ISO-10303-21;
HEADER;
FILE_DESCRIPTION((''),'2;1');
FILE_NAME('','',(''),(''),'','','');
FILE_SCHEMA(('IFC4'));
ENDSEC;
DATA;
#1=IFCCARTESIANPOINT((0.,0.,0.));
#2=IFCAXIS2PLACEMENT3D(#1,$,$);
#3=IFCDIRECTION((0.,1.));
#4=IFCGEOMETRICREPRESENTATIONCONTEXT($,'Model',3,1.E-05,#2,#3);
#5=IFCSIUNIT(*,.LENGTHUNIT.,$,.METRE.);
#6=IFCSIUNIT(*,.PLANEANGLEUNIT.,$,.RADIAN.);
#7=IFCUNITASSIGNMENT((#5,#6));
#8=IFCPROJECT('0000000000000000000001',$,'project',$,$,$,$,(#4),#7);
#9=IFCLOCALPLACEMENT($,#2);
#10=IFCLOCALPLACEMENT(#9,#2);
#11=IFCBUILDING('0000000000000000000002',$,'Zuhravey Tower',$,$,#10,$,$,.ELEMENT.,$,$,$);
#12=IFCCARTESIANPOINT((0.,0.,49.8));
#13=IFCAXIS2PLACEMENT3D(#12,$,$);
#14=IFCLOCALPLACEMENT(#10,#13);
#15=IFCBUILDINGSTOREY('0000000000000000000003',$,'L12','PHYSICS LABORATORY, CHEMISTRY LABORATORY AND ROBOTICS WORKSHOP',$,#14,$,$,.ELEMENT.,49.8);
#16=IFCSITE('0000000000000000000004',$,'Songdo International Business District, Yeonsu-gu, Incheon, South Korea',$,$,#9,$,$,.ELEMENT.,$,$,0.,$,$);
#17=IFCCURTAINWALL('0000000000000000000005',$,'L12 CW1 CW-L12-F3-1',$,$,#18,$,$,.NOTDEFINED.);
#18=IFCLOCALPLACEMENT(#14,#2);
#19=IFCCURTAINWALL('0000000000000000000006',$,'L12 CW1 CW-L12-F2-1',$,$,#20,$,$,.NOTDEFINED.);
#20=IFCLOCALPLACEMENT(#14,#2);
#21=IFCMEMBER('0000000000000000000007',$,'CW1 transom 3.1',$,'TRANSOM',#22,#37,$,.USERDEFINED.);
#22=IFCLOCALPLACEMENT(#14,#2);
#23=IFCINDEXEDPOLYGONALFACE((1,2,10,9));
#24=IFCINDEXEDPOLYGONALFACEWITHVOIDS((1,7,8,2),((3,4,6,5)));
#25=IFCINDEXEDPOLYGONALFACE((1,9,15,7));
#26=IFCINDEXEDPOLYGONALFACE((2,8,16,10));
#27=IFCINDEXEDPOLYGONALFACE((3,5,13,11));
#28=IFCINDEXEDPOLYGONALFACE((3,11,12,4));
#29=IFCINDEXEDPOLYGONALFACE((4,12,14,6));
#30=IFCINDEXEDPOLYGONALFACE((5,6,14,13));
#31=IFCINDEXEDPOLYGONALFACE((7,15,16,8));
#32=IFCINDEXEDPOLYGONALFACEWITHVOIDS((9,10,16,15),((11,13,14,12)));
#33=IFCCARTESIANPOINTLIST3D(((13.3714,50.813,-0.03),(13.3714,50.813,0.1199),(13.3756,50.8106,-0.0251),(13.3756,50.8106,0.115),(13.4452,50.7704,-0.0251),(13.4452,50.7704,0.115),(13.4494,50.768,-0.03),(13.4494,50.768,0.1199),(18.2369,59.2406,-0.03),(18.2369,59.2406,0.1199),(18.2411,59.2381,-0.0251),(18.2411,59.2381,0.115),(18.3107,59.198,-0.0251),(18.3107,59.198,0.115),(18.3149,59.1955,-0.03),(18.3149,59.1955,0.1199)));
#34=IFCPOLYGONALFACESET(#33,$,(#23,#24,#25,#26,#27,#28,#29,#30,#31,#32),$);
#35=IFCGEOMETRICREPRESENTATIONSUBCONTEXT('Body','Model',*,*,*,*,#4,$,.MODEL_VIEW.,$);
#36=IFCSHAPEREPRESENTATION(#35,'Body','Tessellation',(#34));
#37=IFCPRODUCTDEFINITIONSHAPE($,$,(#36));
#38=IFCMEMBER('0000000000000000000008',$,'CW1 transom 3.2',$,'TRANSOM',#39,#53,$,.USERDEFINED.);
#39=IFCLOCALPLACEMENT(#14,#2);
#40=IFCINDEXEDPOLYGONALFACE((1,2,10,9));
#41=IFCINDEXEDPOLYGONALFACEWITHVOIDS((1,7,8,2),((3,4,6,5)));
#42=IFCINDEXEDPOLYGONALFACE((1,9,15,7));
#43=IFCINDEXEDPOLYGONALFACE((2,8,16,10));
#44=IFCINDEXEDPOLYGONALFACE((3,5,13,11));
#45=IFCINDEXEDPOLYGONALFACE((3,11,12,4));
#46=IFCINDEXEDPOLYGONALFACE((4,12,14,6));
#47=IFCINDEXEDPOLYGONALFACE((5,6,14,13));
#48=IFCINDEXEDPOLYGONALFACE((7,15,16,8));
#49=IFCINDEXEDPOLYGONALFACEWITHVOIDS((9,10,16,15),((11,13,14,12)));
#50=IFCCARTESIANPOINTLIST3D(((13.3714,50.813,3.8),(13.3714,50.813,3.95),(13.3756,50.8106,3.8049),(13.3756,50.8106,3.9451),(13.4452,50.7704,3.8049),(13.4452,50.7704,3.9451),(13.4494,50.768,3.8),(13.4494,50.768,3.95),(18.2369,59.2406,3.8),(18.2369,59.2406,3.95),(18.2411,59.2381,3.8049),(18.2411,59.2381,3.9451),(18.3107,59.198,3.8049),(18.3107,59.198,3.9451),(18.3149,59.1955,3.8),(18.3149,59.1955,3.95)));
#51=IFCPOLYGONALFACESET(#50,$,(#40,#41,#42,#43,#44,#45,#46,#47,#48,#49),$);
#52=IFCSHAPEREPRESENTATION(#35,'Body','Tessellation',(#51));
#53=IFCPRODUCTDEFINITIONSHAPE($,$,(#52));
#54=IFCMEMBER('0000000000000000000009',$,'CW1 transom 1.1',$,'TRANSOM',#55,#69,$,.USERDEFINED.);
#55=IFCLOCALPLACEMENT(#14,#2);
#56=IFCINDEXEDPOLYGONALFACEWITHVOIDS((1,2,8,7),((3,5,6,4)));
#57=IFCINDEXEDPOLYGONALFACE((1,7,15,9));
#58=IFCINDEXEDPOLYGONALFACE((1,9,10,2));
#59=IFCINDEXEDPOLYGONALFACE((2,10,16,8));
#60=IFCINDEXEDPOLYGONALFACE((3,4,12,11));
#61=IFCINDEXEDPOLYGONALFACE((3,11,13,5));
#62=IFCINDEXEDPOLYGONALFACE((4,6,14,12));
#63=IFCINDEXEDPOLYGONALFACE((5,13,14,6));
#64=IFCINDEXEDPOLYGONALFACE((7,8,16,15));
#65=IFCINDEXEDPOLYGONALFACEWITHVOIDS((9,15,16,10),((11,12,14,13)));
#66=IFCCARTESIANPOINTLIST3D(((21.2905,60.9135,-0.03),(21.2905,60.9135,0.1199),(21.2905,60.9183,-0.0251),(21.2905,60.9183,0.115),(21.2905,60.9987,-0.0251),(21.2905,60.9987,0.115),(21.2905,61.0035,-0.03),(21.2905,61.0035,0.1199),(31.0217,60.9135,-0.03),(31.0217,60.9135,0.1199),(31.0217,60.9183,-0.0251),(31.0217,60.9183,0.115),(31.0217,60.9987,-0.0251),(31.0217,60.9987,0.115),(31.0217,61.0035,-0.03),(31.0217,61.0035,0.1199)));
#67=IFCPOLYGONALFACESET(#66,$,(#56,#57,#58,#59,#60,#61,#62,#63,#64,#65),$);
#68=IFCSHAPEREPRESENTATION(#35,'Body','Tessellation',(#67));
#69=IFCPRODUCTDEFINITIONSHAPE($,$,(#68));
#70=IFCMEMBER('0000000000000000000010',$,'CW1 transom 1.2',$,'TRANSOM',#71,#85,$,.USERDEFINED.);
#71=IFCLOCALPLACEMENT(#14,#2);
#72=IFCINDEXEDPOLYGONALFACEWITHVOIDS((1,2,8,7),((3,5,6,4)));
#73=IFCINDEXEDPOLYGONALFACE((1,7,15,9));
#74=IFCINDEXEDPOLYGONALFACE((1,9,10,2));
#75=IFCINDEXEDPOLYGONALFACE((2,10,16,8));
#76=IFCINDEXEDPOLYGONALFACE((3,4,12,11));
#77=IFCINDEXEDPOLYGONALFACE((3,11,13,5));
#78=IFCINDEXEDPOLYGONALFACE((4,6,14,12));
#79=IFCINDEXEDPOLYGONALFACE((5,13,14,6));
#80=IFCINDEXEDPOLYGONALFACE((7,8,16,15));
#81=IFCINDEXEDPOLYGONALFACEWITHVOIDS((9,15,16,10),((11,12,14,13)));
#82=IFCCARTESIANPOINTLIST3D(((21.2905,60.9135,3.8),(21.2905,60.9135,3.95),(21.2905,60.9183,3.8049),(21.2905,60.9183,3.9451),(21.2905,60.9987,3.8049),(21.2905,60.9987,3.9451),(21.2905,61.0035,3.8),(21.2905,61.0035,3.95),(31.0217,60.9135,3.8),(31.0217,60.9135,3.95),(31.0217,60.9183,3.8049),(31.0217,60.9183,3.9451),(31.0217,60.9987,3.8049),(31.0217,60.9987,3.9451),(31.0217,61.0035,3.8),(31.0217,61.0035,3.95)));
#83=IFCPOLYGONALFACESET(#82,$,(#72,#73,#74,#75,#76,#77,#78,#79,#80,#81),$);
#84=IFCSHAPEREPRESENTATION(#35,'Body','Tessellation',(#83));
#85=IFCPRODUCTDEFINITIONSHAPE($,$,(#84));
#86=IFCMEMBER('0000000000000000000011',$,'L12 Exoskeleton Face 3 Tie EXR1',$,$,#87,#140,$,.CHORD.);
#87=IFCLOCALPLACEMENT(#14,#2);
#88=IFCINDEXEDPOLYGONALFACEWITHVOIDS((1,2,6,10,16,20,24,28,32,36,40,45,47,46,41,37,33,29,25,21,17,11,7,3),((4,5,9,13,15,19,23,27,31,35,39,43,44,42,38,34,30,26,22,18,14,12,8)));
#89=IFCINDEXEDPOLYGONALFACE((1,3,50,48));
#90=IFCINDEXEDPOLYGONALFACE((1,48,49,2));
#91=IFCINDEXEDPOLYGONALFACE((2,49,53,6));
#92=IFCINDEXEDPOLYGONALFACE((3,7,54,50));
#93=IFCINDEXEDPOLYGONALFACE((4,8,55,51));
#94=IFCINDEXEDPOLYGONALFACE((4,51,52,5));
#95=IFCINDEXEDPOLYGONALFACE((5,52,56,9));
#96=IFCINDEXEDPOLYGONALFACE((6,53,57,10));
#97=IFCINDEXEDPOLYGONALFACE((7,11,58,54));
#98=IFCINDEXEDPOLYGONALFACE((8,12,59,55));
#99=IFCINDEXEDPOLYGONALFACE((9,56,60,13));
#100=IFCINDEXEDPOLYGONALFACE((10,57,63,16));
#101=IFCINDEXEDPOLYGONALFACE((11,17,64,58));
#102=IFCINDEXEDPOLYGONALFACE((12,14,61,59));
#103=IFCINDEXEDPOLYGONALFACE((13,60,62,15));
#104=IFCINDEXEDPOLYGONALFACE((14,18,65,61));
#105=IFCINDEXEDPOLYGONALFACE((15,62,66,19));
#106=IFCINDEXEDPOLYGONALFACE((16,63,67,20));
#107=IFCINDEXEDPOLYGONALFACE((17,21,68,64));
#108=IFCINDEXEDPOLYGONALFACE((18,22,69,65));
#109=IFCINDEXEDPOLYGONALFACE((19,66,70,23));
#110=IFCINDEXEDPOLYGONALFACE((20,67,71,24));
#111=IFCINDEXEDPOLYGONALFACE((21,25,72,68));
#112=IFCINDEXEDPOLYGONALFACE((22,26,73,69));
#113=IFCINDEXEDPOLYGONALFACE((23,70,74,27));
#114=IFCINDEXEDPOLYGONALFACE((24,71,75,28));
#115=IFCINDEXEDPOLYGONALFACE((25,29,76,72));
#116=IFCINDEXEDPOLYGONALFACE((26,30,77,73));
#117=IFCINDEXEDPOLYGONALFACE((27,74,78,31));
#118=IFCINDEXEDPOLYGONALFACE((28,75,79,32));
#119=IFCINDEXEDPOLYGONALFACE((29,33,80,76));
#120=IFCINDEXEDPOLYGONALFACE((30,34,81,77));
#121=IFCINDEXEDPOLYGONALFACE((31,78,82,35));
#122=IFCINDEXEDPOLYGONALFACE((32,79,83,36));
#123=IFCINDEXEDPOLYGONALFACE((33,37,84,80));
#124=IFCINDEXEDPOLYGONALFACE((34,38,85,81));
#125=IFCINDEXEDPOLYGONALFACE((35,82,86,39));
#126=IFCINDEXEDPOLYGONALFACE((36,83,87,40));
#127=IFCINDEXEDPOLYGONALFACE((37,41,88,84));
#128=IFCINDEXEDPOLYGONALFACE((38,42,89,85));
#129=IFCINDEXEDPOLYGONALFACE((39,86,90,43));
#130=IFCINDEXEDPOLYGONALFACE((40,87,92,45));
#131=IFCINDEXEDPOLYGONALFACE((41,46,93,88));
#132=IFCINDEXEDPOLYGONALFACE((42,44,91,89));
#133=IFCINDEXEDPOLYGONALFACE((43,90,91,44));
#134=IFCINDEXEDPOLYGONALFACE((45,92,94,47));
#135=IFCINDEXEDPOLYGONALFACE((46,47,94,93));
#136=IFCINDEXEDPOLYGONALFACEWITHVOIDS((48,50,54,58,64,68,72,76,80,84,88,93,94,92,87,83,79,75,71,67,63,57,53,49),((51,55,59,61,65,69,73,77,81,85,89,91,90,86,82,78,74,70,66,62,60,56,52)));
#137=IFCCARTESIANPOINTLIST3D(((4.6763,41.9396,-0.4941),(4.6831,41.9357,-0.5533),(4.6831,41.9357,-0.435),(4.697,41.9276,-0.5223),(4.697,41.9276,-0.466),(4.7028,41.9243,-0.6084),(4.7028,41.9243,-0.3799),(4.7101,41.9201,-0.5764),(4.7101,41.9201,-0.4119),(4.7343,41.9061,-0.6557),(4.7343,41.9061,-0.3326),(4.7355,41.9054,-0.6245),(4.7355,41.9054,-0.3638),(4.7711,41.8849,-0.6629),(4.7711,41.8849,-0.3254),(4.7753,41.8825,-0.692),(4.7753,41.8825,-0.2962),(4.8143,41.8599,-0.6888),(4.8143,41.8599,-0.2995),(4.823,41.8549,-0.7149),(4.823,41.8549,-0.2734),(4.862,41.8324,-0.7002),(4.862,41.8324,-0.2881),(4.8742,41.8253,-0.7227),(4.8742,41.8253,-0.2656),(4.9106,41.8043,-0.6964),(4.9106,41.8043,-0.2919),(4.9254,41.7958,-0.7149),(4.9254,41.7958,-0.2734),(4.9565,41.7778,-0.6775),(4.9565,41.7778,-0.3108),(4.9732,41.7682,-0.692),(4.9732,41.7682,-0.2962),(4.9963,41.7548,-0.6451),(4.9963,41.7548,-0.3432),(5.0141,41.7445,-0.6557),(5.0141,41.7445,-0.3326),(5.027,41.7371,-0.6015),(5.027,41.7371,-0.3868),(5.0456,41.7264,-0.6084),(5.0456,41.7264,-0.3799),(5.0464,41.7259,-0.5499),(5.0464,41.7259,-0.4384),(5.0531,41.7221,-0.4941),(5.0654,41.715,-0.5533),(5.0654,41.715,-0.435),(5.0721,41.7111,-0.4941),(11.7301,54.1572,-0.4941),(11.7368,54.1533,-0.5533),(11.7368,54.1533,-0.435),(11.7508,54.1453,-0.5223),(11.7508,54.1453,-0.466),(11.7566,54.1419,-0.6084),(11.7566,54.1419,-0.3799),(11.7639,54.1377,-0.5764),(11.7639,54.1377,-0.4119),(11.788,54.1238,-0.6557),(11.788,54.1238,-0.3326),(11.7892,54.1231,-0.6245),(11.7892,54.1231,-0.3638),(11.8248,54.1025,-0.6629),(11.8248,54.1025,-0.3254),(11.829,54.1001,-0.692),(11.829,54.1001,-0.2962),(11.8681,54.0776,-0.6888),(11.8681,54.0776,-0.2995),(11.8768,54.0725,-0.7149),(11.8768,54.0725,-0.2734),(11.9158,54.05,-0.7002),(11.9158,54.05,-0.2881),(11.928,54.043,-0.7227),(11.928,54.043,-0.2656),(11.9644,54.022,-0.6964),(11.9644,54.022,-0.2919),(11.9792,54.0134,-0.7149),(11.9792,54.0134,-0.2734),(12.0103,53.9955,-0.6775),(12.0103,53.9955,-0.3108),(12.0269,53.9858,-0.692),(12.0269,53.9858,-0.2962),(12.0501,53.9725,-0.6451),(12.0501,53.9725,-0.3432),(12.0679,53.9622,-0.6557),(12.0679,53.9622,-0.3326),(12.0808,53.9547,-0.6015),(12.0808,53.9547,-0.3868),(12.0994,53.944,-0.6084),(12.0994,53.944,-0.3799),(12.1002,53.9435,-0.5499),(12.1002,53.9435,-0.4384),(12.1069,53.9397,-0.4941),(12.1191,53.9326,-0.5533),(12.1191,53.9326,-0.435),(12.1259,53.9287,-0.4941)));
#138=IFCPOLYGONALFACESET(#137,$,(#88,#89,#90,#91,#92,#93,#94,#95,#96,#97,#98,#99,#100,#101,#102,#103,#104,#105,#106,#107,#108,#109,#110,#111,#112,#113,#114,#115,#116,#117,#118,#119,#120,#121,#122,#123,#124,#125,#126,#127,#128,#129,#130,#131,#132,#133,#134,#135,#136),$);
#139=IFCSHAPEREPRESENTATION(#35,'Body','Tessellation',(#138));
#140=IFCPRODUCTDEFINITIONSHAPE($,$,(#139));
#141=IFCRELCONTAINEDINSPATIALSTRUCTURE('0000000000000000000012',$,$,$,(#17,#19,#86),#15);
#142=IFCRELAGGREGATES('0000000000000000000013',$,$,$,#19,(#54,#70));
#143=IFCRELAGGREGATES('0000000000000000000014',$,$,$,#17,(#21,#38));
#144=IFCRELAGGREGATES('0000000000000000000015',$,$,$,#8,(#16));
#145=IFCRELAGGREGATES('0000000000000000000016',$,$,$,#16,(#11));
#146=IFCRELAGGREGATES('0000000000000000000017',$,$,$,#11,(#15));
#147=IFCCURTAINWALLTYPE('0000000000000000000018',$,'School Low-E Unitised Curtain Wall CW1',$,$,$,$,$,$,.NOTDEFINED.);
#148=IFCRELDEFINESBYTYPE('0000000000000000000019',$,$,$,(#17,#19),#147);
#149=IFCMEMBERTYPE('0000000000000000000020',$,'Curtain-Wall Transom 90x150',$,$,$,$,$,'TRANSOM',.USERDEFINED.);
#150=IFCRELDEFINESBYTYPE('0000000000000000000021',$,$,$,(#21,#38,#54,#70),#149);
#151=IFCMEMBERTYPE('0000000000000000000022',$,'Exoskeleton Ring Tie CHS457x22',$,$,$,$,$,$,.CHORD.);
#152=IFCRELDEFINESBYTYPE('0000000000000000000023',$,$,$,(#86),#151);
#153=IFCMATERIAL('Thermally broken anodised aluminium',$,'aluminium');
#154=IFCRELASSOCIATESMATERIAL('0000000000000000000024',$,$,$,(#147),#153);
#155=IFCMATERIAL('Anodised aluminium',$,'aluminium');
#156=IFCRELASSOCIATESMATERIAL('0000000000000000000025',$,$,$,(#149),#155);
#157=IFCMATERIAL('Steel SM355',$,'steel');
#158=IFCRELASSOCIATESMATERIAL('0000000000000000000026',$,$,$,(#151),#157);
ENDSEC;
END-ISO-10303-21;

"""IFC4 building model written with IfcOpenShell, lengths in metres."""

from ifc_helpers import new_model, si_unit, direction, frame, origin, origin_2d, place, context, subcontext, project, spatial, hollow_rectangle, hollow_circle, extrude, material, material_profile, profile_set, type_object, element, aggregate, save


model = new_model("IFC4")

# Units and contexts
model_context = context("Model", 3, precision=1e-05, world=origin(), true_north=direction((0.0, 1.0)))
body_context = subcontext(model_context, "Body", "Model", "MODEL_VIEW")
ifc_project = project(units=[si_unit("LENGTHUNIT", "METRE"), si_unit("PLANEANGLEUNIT", "RADIAN")], contexts=[model_context])

# Site, building, storey
site_placement = place(None, origin())
site = spatial("IfcSite", under=ifc_project, at=site_placement, Name="Songdo International Business District, Yeonsu-gu, Incheon, South Korea", CompositionType="ELEMENT", RefElevation=0.0)
building_placement = place(site_placement, origin())
building = spatial("IfcBuilding", under=site, at=building_placement, Name="Zuhravey Tower", CompositionType="ELEMENT")
storey_placement = place(building_placement, frame((0.0, 0.0, 49.8)))
storey = spatial("IfcBuildingStorey", under=building, at=storey_placement, Name="L12", Description="PHYSICS LABORATORY, CHEMISTRY LABORATORY AND ROBOTICS WORKSHOP", CompositionType="ELEMENT", Elevation=49.8)

# Curtain wall
ifc_material_1 = material(Name="Thermally broken anodised aluminium", Category="aluminium")
curtain_wall_type = type_object("IfcCurtainWallType", Name="School Low-E Unitised Curtain Wall CW1", PredefinedType="NOTDEFINED", material=ifc_material_1)
curtain_wall_1_placement = place(storey_placement, origin())
curtain_wall_1 = element("IfcCurtainWall", 1, at=curtain_wall_1_placement, inside=storey, type_object=curtain_wall_type, Name="L12 CW1 CW-L12-F3-1", PredefinedType="NOTDEFINED")
ifc_material_2 = material(Name="Anodised aluminium", Category="aluminium")

# Curtain wall
curtain_wall_2_placement = place(storey_placement, origin())
curtain_wall_2 = element("IfcCurtainWall", 2, at=curtain_wall_2_placement, inside=storey, type_object=curtain_wall_type, Name="L12 CW1 CW-L12-F2-1", PredefinedType="NOTDEFINED")

# Members
ifc_material_profile_1 = material_profile(ifc_material_2, hollow_rectangle(XDim=0.0901, YDim=0.1499, WallThickness=0.0049, at=origin_2d()), Name="ALU-RHS-90x150x5")
ifc_profile_set_1 = profile_set([ifc_material_profile_1], Name="Anodised aluminium")
member_type_1 = type_object("IfcMemberType", Name="Curtain-Wall Transom 90x150", ElementType="TRANSOM", PredefinedType="USERDEFINED", material=ifc_profile_set_1)
member_1_placement = place(storey_placement, frame((13.4104, 50.7905, 0.0449), z_axis=(0.49999, 0.866031, 0.0), x_axis=(-0.866031, 0.49999, 0.0)))
member_1 = element("IfcMember", 3, at=member_1_placement, type_object=member_type_1, Name="CW1 transom 3.1", ObjectType="TRANSOM", PredefinedType="USERDEFINED", context=body_context, shape_type="SweptSolid", body=[
    extrude(hollow_rectangle(XDim=0.0901, YDim=0.1499, WallThickness=0.0049, at=origin_2d()), origin(), (0.0, 0.0, 1.0), 9.7312),
])
member_2_placement = place(storey_placement, frame((13.4104, 50.7905, 3.875), z_axis=(0.49999, 0.866031, 0.0), x_axis=(-0.866031, 0.49999, 0.0)))
member_2 = element("IfcMember", 4, at=member_2_placement, type_object=member_type_1, Name="CW1 transom 3.2", ObjectType="TRANSOM", PredefinedType="USERDEFINED", context=body_context, shape_type="SweptSolid", body=[
    extrude(hollow_rectangle(XDim=0.0901, YDim=0.1499, WallThickness=0.0049, at=origin_2d()), origin(), (0.0, 0.0, 1.0), 9.7312),
])
member_3_placement = place(storey_placement, frame((21.2905, 60.9585, 0.0449), z_axis=(1.0, 0.0, 0.0), x_axis=(0.0, 1.0, 0.0)))
member_3 = element("IfcMember", 5, at=member_3_placement, type_object=member_type_1, Name="CW1 transom 1.1", ObjectType="TRANSOM", PredefinedType="USERDEFINED", context=body_context, shape_type="SweptSolid", body=[
    extrude(hollow_rectangle(XDim=0.0901, YDim=0.1499, WallThickness=0.0049, at=origin_2d()), origin(), (0.0, 0.0, 1.0), 9.7312),
])
member_4_placement = place(storey_placement, frame((21.2905, 60.9585, 3.875), z_axis=(1.0, 0.0, 0.0), x_axis=(0.0, 1.0, 0.0)))
member_4 = element("IfcMember", 6, at=member_4_placement, type_object=member_type_1, Name="CW1 transom 1.2", ObjectType="TRANSOM", PredefinedType="USERDEFINED", context=body_context, shape_type="SweptSolid", body=[
    extrude(hollow_rectangle(XDim=0.0901, YDim=0.1499, WallThickness=0.0049, at=origin_2d()), origin(), (0.0, 0.0, 1.0), 9.7312),
])
aggregate(curtain_wall_2, [member_3, member_4])

# Member
ifc_material_3 = material(Name="Steel SM355", Category="steel")
ifc_material_profile_2 = material_profile(ifc_material_3, hollow_circle(Radius=0.2285, WallThickness=0.022, at=origin_2d()), Name="CHS-457.2x22")
ifc_profile_set_2 = profile_set([ifc_material_profile_2], Name="Steel SM355")
member_type_2 = type_object("IfcMemberType", Name="Exoskeleton Ring Tie CHS457x22", PredefinedType="CHORD", material=ifc_profile_set_2)
member_5_placement = place(storey_placement, frame((11.928, 54.043, -0.4941), z_axis=(-0.499996, -0.866028, 0.0), x_axis=(0.866028, -0.499996, 0.0)))
element("IfcMember", 7, at=member_5_placement, inside=storey, type_object=member_type_2, Name="L12 Exoskeleton Face 3 Tie EXR1", PredefinedType="CHORD", context=body_context, shape_type="SweptSolid", body=[
    extrude(hollow_circle(Radius=0.2285, WallThickness=0.022, at=origin_2d()), origin(), (0.0, 0.0, 1.0), 14.1077),
])

aggregate(curtain_wall_1, [member_1, member_2])

save(model, "model.ifc")
